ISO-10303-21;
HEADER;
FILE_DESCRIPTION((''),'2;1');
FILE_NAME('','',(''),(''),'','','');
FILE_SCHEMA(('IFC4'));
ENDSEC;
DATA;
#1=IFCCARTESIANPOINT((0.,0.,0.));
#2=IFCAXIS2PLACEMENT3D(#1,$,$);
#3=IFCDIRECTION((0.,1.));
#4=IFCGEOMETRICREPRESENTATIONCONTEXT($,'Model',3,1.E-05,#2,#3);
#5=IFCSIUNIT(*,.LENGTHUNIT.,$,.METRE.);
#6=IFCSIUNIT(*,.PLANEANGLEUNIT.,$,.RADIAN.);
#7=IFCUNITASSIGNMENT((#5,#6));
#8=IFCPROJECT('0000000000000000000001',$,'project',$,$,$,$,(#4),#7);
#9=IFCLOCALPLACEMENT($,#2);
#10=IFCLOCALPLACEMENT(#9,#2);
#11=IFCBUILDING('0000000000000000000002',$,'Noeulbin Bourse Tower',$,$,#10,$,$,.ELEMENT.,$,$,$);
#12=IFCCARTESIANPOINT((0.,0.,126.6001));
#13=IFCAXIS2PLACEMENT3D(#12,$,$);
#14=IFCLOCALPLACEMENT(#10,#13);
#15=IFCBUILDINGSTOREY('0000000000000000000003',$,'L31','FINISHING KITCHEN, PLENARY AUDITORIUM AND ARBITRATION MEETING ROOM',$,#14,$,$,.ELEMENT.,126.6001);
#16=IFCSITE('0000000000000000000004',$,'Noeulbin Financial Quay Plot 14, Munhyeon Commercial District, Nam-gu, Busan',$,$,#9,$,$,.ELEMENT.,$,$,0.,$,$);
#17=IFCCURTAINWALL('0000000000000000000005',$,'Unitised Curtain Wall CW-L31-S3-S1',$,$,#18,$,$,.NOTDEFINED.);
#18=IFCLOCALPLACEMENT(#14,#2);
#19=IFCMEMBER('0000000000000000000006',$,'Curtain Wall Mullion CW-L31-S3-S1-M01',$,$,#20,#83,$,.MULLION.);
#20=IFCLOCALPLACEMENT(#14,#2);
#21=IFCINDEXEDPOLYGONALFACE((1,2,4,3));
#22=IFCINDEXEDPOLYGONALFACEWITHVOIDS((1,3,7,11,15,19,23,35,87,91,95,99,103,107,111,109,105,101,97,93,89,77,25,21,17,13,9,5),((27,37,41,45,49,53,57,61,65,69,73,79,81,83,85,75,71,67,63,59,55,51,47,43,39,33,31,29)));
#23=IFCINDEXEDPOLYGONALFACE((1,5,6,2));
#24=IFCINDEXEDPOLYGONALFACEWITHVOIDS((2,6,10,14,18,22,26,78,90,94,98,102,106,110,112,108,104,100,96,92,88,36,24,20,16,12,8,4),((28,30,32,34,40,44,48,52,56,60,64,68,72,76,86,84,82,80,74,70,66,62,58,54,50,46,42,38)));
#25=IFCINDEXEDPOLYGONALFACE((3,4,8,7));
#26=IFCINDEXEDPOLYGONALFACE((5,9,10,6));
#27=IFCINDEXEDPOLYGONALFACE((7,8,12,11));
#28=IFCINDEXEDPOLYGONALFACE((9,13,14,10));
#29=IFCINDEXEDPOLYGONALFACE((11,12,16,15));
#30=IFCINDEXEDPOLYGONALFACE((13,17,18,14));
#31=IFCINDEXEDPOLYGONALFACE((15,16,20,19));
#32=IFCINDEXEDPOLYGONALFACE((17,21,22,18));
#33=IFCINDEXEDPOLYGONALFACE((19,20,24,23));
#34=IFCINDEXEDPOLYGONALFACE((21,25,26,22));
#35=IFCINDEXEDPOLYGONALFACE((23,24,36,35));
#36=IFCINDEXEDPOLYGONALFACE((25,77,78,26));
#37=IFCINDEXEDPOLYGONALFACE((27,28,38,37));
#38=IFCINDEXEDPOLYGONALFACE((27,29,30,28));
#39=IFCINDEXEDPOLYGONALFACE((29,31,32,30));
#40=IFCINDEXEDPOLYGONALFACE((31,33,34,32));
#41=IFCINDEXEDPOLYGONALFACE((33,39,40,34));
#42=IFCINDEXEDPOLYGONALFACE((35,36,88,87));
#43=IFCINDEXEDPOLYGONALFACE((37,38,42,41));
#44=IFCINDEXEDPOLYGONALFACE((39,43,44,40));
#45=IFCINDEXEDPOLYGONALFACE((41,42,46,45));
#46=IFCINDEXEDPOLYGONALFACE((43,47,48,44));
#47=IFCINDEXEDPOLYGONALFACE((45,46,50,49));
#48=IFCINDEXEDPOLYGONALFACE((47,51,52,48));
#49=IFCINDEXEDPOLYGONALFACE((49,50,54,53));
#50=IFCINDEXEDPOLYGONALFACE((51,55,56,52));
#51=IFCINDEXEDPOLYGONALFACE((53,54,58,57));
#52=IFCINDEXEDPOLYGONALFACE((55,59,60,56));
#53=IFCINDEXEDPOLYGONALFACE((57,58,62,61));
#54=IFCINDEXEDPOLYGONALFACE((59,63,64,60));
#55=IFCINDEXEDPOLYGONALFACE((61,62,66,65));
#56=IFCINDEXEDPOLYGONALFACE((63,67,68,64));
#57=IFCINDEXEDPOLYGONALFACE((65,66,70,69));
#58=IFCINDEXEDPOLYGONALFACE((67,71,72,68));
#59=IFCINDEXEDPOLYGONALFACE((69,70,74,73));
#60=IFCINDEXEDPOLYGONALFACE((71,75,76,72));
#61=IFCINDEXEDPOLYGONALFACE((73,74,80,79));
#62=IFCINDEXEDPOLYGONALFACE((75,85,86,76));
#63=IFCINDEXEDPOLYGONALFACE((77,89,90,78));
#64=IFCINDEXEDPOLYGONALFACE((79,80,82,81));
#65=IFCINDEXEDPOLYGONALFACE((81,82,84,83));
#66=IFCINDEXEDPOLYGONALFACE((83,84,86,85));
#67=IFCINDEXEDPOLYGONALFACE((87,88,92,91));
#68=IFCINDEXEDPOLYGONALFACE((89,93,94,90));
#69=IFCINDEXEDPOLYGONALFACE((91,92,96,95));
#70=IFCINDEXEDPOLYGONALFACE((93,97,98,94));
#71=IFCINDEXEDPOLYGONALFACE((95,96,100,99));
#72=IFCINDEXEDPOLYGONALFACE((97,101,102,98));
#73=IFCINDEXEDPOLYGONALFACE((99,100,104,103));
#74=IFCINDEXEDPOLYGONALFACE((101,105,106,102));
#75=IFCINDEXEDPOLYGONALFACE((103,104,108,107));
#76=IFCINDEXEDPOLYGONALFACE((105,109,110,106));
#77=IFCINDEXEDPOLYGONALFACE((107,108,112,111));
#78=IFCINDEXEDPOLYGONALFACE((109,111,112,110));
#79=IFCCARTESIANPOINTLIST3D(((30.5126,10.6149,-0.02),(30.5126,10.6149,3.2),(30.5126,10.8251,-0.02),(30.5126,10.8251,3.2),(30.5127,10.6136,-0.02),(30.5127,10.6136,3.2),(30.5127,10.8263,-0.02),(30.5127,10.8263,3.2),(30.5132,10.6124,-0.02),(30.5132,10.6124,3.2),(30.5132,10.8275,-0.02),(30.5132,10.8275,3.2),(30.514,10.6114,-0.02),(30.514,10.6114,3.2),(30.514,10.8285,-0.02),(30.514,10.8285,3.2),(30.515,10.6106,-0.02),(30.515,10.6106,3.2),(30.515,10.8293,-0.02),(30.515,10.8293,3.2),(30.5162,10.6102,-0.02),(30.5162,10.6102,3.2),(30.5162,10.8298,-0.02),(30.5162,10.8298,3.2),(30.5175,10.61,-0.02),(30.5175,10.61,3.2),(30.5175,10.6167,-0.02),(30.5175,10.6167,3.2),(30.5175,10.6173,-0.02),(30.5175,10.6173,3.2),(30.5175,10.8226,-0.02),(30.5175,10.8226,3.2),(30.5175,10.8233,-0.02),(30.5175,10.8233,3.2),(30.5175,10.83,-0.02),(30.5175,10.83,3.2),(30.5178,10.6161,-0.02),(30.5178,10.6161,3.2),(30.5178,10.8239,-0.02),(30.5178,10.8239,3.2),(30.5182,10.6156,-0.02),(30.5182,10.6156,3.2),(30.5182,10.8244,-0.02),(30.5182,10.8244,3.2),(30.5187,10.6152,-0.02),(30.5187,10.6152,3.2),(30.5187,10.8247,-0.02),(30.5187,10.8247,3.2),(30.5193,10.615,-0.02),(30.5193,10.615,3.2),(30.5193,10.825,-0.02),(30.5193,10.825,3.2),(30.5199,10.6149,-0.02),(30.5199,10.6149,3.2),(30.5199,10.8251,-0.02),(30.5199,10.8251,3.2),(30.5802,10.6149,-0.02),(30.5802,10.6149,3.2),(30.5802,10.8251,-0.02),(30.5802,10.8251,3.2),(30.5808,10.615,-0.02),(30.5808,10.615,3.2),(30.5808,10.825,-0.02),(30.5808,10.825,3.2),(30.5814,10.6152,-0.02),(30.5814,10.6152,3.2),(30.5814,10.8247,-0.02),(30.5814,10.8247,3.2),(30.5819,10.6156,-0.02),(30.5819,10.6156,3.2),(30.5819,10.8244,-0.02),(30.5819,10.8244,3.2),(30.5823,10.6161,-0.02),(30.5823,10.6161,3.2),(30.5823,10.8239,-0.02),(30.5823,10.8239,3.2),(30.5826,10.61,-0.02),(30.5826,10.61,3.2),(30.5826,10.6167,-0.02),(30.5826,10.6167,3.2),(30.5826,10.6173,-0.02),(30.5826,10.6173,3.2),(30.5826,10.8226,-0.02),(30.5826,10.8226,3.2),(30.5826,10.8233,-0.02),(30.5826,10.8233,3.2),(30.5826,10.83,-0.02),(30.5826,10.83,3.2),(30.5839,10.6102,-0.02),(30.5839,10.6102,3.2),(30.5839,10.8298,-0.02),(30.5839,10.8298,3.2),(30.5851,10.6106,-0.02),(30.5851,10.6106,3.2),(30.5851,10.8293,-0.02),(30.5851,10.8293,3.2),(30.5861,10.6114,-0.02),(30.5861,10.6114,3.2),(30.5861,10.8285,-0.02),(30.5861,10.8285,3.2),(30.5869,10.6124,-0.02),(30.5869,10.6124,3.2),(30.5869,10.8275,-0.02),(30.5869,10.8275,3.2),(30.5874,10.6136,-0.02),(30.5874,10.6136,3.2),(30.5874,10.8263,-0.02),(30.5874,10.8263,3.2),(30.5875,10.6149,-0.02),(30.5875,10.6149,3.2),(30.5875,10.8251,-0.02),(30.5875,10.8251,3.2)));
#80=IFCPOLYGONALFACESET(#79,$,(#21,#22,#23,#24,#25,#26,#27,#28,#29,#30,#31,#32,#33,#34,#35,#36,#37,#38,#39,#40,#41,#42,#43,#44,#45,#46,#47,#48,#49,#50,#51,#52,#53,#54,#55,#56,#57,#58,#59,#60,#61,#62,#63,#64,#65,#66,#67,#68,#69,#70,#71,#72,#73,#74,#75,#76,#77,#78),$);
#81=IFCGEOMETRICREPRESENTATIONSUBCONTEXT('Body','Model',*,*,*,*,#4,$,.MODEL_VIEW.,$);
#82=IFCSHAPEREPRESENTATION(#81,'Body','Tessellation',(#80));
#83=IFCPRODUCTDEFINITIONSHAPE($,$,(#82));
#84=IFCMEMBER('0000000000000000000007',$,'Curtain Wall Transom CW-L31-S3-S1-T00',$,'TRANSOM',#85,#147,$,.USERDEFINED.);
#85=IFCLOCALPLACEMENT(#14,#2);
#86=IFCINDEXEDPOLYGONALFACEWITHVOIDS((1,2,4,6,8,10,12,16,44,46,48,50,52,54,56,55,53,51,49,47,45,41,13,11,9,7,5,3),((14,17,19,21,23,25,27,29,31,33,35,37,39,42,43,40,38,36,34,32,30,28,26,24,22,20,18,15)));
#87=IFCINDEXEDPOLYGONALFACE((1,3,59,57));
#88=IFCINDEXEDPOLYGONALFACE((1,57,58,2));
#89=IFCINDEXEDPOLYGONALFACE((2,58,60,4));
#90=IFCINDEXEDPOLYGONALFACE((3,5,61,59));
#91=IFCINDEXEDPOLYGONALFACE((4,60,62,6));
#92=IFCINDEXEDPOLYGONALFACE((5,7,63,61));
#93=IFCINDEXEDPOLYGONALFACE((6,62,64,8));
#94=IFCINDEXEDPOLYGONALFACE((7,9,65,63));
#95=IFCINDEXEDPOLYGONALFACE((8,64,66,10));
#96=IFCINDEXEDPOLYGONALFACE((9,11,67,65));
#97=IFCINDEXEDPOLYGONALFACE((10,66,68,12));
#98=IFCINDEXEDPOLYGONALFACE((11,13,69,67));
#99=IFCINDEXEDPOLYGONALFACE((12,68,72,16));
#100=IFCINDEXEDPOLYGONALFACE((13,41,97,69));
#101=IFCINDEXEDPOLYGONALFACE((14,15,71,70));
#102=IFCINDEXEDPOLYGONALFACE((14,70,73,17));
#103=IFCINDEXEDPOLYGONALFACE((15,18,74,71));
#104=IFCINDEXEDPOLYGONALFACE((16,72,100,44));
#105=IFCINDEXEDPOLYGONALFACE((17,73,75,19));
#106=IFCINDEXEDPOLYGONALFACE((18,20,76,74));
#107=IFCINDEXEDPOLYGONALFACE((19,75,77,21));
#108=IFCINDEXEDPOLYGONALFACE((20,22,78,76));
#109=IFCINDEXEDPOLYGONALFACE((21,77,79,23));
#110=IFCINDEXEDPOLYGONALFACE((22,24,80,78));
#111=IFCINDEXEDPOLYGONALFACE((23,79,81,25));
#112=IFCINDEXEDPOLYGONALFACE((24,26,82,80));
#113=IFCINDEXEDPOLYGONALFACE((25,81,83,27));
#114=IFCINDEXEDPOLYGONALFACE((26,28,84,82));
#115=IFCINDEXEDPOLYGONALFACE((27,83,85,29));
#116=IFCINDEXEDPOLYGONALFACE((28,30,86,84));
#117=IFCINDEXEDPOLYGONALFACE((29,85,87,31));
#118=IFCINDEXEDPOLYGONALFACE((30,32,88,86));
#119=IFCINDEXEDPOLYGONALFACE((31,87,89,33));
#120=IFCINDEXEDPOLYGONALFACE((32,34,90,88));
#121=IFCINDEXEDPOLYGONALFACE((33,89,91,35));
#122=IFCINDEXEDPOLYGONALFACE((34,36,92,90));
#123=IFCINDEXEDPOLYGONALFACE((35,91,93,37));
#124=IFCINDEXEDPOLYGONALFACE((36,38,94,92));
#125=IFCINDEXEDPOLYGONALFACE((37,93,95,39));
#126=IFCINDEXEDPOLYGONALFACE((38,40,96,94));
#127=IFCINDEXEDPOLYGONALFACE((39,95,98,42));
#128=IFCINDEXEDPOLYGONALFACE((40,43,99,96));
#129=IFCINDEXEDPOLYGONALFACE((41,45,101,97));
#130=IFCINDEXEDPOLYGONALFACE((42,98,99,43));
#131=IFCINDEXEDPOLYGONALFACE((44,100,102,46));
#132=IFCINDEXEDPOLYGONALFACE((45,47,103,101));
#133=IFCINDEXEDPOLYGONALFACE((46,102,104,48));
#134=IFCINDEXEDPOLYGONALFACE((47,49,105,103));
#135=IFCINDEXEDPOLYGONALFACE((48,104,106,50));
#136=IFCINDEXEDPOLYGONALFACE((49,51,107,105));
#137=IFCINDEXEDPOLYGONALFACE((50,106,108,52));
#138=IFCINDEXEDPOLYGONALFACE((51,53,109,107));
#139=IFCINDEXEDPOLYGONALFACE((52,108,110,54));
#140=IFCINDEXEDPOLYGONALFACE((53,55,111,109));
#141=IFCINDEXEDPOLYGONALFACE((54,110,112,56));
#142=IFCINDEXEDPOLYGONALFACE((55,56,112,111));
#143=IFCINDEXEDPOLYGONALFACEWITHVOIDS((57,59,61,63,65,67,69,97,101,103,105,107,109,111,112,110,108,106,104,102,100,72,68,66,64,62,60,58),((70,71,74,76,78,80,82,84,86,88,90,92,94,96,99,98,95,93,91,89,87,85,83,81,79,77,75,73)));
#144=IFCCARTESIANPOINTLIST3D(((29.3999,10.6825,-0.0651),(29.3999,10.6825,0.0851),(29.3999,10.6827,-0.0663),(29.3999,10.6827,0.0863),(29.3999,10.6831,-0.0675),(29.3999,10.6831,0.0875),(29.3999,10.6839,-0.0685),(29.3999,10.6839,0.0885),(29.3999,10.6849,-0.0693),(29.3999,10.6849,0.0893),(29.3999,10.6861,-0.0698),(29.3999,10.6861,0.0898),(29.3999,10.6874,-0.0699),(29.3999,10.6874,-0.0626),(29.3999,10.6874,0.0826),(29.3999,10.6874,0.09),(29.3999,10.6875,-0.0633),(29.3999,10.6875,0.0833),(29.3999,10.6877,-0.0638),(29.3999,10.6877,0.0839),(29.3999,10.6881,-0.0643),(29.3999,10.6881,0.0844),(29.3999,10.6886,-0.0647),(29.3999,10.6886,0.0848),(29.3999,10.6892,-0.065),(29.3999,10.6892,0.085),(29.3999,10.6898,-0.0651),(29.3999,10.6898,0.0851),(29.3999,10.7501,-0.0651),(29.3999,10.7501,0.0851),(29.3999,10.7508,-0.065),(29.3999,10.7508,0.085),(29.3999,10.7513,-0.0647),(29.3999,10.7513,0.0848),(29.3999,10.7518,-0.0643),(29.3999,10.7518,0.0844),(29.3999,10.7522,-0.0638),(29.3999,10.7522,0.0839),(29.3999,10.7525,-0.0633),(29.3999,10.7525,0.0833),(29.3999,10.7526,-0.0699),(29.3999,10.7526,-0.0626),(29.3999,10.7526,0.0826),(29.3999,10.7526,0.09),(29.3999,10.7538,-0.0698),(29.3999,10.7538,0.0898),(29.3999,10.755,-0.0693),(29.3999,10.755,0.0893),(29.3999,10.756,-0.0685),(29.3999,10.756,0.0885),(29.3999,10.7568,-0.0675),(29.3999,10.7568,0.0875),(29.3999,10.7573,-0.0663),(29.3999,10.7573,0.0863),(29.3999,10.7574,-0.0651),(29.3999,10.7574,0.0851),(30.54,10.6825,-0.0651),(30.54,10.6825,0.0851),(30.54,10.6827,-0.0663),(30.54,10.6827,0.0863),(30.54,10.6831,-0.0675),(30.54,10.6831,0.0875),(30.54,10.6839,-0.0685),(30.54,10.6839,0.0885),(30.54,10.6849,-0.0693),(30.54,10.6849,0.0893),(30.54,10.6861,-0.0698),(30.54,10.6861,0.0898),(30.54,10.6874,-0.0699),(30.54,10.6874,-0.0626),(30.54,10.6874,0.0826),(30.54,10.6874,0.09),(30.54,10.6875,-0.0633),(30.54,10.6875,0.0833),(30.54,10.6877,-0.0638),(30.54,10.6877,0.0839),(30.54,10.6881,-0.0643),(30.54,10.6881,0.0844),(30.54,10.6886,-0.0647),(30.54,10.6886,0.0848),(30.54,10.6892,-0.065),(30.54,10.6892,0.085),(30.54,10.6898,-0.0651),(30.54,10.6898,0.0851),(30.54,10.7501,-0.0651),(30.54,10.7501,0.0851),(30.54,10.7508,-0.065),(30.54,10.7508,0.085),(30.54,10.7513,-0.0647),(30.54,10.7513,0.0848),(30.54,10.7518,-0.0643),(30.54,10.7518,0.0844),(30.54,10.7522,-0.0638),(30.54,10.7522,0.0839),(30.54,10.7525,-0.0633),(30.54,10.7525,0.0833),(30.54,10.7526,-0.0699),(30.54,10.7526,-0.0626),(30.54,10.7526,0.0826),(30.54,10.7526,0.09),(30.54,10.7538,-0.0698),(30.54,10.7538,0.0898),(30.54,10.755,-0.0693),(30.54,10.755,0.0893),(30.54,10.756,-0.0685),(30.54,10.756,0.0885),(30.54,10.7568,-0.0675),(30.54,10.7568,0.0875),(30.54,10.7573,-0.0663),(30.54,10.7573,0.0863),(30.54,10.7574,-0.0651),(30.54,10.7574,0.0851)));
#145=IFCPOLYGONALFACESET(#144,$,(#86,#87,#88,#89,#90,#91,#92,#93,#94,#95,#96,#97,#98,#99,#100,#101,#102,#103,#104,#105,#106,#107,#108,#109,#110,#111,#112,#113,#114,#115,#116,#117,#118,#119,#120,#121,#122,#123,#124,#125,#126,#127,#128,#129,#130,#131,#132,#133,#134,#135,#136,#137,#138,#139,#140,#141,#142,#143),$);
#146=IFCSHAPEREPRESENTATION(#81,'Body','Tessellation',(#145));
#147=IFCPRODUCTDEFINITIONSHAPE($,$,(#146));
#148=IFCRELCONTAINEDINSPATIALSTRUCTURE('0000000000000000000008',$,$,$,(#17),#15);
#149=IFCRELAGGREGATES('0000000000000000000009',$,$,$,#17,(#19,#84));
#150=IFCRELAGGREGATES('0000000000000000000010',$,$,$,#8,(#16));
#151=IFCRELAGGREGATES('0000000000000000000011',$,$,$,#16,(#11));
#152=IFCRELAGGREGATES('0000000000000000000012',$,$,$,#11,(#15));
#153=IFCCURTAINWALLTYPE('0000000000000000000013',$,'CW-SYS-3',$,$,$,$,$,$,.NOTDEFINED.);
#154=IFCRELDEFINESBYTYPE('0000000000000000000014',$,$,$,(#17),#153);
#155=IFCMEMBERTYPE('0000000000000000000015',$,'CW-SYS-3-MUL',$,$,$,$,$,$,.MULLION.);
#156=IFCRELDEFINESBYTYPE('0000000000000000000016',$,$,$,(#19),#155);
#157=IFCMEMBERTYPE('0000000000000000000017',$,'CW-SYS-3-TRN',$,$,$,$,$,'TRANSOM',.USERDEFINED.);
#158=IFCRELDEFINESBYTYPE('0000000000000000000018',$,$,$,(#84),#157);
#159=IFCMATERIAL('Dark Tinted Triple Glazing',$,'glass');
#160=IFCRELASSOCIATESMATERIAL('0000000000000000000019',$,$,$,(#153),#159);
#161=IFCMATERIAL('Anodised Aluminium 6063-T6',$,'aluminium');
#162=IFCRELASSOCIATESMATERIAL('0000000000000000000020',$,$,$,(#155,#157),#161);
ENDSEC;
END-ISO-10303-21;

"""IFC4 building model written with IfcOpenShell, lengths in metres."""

from ifc_helpers import new_model, si_unit, direction, frame, origin, origin_2d, place, context, subcontext, project, spatial, hollow_rectangle, extrude, material, material_profile, profile_set, type_object, element, aggregate, save


model = new_model("IFC4")

# Units and contexts
model_context = context("Model", 3, precision=1e-05, world=origin(), true_north=direction((0.0, 1.0)))
body_context = subcontext(model_context, "Body", "Model", "MODEL_VIEW")
ifc_project = project(units=[si_unit("LENGTHUNIT", "METRE"), si_unit("PLANEANGLEUNIT", "RADIAN")], contexts=[model_context])

# Site, building, storey
site_placement = place(None, origin())
site = spatial("IfcSite", under=ifc_project, at=site_placement, Name="Noeulbin Financial Quay Plot 14, Munhyeon Commercial District, Nam-gu, Busan", CompositionType="ELEMENT", RefElevation=0.0)
building_placement = place(site_placement, origin())
building = spatial("IfcBuilding", under=site, at=building_placement, Name="Noeulbin Bourse Tower", CompositionType="ELEMENT")
storey_placement = place(building_placement, frame((0.0, 0.0, 126.6001)))
storey = spatial("IfcBuildingStorey", under=building, at=storey_placement, Name="L31", Description="FINISHING KITCHEN, PLENARY AUDITORIUM AND ARBITRATION MEETING ROOM", CompositionType="ELEMENT", Elevation=126.6001)

# Shared definitions
ifc_material_1 = material(Name="Dark Tinted Triple Glazing", Category="glass")
curtain_wall_type = type_object("IfcCurtainWallType", Name="CW-SYS-3", PredefinedType="NOTDEFINED", material=ifc_material_1)
ifc_material_2 = material(Name="Anodised Aluminium 6063-T6", Category="aluminium")
ifc_material_profile_1 = material_profile(ifc_material_2, hollow_rectangle(XDim=0.075, YDim=0.22, WallThickness=0.0049, InnerFilletRadius=0.0024, OuterFilletRadius=0.0049, at=origin_2d()), Name="ALU-MULL-75x220x5", Category="LoadBearing")
ifc_profile_set_1 = profile_set([ifc_material_profile_1], Name="Anodised Aluminium 6063-T6")
member_type_1 = type_object("IfcMemberType", Name="CW-SYS-3-MUL", PredefinedType="MULLION", material=ifc_profile_set_1)

# Curtain wall, members
curtain_wall_1_placement = place(storey_placement, origin())
curtain_wall_1 = element("IfcCurtainWall", 1, at=curtain_wall_1_placement, inside=storey, type_object=curtain_wall_type, Name="Unitised Curtain Wall CW-L31-S3-S1", PredefinedType="NOTDEFINED")
member_1_placement = place(storey_placement, frame((30.55, 10.72, -0.02), z_axis=(0.0, 0.0, 1.0), x_axis=(1.0, 0.0, 0.0)))
member_1 = element("IfcMember", 2, at=member_1_placement, type_object=member_type_1, Name="Curtain Wall Mullion CW-L31-S3-S1-M01", PredefinedType="MULLION", context=body_context, shape_type="SweptSolid", body=[
    extrude(hollow_rectangle(XDim=0.075, YDim=0.22, WallThickness=0.0049, InnerFilletRadius=0.0024, OuterFilletRadius=0.0049, at=origin_2d()), origin(), (0.0, 0.0, 1.0), 3.22),
])
ifc_material_profile_2 = material_profile(ifc_material_2, hollow_rectangle(XDim=0.075, YDim=0.1599, WallThickness=0.0049, InnerFilletRadius=0.0024, OuterFilletRadius=0.0049, at=origin_2d()), Name="ALU-TRAN-75x160x5", Category="LoadBearing")
ifc_profile_set_2 = profile_set([ifc_material_profile_2], Name="Anodised Aluminium 6063-T6")
member_type_2 = type_object("IfcMemberType", Name="CW-SYS-3-TRN", ElementType="TRANSOM", PredefinedType="USERDEFINED", material=ifc_profile_set_2)
member_2_placement = place(storey_placement, frame((29.3999, 10.72, 0.01), z_axis=(1.0, 0.0, 0.0), x_axis=(0.0, 1.0, 0.0)))
member_2 = element("IfcMember", 3, at=member_2_placement, type_object=member_type_2, Name="Curtain Wall Transom CW-L31-S3-S1-T00", ObjectType="TRANSOM", PredefinedType="USERDEFINED", context=body_context, shape_type="SweptSolid", body=[
    extrude(hollow_rectangle(XDim=0.075, YDim=0.1599, WallThickness=0.0049, InnerFilletRadius=0.0024, OuterFilletRadius=0.0049, at=origin_2d()), origin(), (0.0, 0.0, 1.0), 1.1401),
])

aggregate(curtain_wall_1, [member_1, member_2])

save(model, "model.ifc")
